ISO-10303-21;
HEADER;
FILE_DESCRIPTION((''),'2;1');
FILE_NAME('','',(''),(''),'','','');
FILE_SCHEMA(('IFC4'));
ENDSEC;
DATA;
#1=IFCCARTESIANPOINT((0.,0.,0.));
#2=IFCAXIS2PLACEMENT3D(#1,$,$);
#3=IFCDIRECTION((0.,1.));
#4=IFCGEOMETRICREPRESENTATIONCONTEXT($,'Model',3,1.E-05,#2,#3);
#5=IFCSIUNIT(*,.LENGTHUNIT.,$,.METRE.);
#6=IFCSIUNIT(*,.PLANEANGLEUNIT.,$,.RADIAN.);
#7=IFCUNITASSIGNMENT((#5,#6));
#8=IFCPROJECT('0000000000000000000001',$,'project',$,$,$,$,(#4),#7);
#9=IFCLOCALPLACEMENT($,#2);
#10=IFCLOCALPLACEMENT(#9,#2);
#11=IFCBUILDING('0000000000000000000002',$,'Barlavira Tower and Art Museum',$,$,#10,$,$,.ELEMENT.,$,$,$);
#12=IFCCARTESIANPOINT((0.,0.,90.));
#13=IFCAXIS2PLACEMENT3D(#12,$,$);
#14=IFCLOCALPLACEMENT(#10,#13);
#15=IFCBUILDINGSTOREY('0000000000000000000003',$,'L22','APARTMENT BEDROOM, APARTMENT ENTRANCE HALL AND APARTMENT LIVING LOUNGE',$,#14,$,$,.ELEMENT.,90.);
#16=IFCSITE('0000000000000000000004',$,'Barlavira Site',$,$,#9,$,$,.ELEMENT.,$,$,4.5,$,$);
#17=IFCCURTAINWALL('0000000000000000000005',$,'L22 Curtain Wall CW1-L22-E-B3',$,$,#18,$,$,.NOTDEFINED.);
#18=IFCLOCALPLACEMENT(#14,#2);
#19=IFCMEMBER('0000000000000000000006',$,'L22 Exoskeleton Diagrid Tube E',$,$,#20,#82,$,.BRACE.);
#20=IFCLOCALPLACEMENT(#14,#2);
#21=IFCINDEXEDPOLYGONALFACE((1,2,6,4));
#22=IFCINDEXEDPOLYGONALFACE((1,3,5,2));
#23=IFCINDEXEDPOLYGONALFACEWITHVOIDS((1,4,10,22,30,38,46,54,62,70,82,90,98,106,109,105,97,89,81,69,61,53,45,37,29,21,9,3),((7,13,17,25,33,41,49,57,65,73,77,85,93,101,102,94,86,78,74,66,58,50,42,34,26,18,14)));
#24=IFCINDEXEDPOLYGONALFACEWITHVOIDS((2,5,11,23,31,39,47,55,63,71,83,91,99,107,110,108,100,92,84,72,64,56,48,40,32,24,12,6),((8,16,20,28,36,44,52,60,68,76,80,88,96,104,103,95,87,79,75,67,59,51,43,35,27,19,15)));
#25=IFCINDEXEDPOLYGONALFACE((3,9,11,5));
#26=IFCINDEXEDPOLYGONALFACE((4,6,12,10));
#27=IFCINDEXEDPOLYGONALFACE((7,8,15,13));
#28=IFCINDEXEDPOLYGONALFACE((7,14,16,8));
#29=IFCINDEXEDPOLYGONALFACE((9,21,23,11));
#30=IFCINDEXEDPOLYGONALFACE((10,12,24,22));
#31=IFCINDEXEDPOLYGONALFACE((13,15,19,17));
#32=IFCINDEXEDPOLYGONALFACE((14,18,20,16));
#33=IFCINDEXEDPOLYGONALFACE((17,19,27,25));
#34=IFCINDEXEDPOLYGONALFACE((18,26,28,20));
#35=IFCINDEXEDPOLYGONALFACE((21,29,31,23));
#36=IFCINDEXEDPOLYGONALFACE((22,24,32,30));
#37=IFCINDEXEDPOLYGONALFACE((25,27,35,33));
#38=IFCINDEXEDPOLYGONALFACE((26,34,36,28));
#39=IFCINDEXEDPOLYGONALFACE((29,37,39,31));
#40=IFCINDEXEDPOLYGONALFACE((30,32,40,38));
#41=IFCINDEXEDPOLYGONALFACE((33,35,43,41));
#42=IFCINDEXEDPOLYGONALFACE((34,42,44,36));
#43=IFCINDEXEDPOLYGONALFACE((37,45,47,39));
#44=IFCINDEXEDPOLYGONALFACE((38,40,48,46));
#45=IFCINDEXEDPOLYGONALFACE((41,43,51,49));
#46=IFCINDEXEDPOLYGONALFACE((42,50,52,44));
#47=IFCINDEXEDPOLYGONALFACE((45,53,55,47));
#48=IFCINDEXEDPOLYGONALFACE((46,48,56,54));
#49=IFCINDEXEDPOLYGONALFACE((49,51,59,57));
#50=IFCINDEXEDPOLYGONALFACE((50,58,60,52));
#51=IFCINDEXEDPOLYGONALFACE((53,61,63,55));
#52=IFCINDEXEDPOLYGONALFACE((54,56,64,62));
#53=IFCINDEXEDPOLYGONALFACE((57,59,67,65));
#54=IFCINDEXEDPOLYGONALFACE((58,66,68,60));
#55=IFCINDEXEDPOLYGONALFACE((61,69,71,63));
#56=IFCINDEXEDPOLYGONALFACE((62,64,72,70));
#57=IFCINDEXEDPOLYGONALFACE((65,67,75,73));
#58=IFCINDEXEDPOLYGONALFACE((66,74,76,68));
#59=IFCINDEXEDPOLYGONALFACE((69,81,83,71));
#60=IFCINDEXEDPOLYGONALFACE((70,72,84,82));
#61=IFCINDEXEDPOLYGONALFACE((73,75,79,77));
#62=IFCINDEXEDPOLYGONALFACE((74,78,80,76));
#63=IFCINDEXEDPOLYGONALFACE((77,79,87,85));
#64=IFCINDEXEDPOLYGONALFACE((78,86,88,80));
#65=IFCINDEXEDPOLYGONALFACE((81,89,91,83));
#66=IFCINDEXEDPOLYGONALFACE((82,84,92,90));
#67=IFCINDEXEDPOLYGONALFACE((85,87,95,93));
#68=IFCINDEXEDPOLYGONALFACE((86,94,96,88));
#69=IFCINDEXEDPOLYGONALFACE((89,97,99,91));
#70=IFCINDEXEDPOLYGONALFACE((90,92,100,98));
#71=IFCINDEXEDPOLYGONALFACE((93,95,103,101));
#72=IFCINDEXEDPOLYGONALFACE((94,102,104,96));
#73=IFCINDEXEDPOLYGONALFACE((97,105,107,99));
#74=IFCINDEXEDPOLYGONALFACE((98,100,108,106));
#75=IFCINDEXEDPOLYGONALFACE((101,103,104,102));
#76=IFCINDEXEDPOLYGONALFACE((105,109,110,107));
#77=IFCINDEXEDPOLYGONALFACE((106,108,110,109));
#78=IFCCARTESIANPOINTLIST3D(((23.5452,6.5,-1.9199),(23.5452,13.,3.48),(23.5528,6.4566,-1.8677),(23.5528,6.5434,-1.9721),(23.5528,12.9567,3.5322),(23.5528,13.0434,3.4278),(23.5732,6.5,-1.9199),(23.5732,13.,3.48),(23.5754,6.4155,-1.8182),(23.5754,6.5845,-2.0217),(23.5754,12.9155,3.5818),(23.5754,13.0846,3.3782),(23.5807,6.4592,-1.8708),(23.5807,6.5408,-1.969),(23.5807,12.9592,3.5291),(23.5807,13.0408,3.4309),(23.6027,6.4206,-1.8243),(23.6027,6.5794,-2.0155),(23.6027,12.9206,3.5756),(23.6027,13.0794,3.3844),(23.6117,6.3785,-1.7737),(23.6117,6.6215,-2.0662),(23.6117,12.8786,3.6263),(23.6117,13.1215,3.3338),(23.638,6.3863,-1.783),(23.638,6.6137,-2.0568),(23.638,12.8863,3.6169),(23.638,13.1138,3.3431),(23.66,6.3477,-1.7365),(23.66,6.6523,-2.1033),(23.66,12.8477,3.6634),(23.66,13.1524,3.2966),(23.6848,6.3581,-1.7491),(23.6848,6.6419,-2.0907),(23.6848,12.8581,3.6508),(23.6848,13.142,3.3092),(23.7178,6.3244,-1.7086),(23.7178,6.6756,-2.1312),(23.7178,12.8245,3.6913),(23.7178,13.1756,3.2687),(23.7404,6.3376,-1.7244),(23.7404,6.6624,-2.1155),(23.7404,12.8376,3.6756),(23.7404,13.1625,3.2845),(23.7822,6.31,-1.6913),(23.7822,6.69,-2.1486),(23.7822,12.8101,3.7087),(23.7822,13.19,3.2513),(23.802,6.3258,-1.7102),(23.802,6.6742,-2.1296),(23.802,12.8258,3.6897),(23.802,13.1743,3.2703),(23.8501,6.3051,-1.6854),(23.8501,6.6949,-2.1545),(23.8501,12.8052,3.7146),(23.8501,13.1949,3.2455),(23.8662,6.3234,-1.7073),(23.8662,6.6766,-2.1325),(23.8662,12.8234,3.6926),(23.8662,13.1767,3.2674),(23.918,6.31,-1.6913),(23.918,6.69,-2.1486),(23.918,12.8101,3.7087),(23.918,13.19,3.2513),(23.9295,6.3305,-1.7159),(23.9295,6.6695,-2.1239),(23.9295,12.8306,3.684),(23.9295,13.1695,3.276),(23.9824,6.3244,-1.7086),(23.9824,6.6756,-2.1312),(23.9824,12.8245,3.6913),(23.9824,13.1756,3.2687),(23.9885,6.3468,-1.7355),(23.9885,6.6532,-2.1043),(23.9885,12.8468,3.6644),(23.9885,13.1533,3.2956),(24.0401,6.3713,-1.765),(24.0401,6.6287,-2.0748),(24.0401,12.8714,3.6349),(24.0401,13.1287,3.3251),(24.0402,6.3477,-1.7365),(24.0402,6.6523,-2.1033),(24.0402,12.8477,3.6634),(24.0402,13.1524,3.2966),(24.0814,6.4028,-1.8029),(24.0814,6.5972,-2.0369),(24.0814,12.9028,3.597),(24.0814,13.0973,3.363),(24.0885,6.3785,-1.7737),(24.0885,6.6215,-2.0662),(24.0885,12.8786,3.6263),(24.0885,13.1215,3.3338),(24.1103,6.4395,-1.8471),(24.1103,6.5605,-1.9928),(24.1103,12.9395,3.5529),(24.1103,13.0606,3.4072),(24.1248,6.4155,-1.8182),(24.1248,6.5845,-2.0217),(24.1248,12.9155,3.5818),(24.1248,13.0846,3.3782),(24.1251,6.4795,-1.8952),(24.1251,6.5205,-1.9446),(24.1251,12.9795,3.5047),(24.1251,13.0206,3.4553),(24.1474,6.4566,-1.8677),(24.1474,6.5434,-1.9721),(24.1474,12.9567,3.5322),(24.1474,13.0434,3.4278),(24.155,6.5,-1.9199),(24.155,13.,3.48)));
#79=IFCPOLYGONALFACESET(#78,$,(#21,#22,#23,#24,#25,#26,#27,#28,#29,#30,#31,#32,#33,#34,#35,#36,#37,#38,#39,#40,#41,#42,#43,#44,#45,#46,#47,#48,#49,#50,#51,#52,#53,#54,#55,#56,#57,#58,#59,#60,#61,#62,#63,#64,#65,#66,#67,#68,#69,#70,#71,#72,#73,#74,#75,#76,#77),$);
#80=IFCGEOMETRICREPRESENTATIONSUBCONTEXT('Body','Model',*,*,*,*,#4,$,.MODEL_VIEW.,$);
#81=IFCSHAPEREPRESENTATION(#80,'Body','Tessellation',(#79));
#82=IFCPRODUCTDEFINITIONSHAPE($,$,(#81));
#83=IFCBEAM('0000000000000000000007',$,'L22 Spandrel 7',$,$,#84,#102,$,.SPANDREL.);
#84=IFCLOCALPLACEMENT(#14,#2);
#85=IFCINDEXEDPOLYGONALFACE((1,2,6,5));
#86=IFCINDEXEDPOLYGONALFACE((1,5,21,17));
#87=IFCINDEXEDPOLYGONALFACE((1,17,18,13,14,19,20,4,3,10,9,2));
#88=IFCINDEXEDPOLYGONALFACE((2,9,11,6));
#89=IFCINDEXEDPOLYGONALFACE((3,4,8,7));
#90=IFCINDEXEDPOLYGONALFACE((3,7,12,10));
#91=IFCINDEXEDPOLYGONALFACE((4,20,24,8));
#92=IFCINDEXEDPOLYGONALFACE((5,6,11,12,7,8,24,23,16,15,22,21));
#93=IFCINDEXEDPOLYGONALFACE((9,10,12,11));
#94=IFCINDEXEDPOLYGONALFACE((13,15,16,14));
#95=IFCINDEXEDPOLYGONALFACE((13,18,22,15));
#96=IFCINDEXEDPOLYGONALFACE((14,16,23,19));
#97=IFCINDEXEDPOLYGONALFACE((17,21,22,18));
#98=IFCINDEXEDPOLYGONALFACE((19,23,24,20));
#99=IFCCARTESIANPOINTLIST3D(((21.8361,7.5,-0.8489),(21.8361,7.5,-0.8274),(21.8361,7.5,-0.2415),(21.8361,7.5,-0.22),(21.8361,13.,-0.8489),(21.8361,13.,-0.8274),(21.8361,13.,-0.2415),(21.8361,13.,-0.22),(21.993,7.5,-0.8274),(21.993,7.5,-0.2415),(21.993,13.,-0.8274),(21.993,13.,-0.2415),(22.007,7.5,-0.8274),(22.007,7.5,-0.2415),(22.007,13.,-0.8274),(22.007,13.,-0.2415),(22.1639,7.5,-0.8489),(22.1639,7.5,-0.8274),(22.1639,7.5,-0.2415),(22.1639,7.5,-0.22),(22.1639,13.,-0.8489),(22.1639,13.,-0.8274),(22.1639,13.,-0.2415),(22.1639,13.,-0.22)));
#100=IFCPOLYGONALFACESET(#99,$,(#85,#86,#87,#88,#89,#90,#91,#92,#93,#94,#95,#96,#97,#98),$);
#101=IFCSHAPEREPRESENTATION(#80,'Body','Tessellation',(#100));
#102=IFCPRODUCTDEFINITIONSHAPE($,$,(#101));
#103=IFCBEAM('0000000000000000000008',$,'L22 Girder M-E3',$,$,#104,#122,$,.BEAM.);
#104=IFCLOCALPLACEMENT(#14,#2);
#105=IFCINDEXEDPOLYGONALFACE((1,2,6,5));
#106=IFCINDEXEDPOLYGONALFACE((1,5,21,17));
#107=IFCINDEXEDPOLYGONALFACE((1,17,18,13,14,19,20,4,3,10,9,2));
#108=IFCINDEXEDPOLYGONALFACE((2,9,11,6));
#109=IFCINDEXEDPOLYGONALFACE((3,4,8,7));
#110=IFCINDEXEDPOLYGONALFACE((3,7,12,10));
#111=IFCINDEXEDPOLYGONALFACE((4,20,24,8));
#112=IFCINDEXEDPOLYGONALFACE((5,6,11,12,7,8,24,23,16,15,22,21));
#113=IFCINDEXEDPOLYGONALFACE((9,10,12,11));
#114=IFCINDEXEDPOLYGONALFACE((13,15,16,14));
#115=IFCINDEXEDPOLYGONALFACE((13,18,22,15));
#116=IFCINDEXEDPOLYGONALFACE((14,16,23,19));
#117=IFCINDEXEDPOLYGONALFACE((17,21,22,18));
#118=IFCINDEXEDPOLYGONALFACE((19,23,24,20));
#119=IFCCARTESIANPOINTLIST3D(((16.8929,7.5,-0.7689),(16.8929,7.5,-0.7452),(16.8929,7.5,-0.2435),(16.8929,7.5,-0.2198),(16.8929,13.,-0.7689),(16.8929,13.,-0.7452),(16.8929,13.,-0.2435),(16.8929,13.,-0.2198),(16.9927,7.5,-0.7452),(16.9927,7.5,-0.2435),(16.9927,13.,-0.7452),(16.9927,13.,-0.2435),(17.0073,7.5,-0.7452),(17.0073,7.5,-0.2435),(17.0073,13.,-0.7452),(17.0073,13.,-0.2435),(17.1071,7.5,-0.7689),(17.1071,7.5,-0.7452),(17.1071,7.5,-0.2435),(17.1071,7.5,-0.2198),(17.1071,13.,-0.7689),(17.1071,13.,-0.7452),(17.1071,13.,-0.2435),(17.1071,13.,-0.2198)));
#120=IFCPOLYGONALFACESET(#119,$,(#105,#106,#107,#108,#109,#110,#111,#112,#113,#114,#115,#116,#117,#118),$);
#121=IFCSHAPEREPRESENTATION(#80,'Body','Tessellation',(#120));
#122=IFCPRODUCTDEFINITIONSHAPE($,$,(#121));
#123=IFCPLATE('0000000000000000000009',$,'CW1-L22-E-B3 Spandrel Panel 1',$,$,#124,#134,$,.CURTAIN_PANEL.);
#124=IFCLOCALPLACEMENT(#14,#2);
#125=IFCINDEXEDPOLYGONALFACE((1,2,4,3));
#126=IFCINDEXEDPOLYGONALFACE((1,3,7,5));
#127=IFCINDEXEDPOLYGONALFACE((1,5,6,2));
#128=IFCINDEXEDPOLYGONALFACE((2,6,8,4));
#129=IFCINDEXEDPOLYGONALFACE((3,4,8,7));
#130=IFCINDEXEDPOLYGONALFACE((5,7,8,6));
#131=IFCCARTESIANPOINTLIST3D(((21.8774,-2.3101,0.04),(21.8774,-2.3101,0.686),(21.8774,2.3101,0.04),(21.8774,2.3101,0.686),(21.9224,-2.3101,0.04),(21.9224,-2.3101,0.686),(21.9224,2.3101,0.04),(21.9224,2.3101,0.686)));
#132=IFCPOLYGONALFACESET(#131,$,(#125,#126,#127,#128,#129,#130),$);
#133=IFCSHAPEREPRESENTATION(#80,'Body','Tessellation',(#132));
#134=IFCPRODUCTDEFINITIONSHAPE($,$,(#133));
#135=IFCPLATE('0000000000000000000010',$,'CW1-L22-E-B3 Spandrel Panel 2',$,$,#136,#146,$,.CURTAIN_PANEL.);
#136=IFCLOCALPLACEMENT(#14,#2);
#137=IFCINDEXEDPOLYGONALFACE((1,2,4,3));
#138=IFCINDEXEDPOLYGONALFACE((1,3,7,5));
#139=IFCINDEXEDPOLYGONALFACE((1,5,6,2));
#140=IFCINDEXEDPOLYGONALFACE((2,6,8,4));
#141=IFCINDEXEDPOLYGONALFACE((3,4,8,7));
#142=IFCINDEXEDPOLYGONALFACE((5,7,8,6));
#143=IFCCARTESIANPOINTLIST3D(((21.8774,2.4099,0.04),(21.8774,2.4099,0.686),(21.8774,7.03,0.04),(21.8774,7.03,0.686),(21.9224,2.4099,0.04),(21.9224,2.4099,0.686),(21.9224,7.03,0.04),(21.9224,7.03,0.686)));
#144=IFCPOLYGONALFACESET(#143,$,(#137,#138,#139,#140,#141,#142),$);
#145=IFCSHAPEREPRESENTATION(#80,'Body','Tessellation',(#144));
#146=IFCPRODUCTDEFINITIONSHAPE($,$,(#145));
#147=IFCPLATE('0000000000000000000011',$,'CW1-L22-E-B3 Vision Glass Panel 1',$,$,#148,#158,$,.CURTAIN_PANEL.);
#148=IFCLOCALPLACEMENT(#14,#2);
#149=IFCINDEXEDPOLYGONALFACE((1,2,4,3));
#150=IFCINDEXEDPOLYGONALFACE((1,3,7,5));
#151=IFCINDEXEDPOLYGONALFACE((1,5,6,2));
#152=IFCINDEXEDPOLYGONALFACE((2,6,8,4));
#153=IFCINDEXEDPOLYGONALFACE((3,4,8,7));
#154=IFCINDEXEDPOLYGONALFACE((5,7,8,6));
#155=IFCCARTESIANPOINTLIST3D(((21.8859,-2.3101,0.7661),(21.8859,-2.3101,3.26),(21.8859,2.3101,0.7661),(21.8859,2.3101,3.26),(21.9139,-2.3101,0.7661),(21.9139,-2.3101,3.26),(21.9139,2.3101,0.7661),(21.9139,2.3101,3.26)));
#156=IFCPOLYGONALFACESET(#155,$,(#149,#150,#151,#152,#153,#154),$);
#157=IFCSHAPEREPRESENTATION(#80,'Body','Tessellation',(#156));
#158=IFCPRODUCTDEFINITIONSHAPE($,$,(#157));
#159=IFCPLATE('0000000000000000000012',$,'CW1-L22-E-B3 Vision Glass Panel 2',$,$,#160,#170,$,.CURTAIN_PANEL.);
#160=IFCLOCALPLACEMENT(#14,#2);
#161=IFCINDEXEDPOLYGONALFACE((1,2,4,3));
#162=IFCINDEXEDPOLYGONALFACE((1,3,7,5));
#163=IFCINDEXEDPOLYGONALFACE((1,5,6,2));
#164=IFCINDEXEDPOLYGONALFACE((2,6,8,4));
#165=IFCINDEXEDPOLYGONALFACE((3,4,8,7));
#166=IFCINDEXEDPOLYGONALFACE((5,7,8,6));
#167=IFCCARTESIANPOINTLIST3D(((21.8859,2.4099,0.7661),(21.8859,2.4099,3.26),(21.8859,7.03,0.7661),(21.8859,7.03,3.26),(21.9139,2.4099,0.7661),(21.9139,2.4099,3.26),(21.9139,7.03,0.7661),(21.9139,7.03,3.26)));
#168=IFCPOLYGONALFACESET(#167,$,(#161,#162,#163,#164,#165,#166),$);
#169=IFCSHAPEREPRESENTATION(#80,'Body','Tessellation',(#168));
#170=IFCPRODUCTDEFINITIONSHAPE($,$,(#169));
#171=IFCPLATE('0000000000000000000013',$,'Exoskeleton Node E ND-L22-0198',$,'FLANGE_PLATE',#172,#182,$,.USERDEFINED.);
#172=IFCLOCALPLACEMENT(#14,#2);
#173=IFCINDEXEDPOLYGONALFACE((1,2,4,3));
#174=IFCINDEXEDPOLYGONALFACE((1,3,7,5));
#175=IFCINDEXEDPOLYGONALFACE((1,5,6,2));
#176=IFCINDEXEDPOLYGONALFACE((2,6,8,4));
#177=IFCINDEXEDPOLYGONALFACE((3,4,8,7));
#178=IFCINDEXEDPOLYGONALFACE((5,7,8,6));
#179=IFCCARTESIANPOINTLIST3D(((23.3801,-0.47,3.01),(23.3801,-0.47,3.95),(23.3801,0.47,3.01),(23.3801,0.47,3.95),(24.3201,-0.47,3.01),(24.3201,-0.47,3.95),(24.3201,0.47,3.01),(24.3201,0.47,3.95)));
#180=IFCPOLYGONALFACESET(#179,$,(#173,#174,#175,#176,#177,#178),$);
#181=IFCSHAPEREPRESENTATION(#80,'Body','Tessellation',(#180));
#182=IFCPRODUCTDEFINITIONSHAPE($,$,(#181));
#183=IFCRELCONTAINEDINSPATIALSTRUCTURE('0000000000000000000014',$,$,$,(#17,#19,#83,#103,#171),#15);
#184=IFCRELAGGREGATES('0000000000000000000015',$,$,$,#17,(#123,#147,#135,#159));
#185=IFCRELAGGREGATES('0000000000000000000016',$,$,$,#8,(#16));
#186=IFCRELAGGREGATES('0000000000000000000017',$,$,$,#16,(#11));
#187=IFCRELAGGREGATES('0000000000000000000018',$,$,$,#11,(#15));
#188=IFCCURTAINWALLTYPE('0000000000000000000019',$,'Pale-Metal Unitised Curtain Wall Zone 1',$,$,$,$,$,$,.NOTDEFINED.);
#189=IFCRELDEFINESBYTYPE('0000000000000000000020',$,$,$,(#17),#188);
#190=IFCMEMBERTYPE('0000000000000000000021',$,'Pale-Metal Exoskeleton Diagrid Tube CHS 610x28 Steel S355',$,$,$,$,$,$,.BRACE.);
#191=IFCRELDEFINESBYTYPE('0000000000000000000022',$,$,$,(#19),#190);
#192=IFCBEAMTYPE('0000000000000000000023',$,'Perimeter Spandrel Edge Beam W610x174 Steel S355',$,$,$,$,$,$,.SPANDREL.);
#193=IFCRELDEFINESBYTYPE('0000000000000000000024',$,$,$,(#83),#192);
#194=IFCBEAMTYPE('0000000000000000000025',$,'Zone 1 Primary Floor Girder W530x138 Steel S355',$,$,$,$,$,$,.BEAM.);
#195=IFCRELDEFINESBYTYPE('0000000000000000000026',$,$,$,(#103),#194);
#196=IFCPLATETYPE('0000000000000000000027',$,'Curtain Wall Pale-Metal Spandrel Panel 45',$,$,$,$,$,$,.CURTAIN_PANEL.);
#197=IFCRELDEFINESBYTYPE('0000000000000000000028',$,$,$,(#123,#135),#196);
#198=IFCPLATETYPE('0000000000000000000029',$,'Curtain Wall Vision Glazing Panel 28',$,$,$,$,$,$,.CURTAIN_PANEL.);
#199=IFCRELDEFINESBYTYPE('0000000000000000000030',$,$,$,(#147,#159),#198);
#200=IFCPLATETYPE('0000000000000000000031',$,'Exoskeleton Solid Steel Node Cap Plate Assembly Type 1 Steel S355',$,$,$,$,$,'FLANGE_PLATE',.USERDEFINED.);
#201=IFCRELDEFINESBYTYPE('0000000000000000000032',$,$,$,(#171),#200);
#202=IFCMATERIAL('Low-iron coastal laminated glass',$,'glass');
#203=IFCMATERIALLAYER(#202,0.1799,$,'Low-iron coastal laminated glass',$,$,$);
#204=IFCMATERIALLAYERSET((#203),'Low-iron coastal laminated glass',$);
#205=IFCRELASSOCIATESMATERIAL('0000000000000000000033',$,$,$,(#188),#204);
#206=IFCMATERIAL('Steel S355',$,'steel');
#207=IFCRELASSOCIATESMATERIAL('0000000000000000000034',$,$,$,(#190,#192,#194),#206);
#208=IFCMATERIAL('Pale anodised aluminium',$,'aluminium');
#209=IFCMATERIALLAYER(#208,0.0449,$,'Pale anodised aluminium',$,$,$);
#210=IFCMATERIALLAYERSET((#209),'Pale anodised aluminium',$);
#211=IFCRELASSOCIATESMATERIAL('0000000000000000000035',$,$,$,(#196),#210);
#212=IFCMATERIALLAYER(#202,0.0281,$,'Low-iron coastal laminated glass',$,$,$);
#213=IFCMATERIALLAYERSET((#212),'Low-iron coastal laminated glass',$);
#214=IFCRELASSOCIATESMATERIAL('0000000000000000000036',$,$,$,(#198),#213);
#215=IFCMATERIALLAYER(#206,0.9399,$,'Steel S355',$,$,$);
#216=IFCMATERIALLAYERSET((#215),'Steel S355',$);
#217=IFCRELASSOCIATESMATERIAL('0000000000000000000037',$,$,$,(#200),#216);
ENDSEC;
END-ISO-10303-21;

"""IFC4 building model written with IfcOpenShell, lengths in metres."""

from ifc_helpers import new_model, si_unit, direction, frame, origin, origin_2d, place, context, subcontext, project, spatial, rectangle, hollow_circle, i_section, extrude, material, layer, layer_set, material_profile, profile_set, type_object, element, aggregate, save


model = new_model("IFC4")

# Units and contexts
model_context = context("Model", 3, precision=1e-05, world=origin(), true_north=direction((0.0, 1.0)))
body_context = subcontext(model_context, "Body", "Model", "MODEL_VIEW")
ifc_project = project(units=[si_unit("LENGTHUNIT", "METRE"), si_unit("PLANEANGLEUNIT", "RADIAN")], contexts=[model_context])

# Site, building, storey
site_placement = place(None, origin())
site = spatial("IfcSite", under=ifc_project, at=site_placement, Name="Barlavira Site", CompositionType="ELEMENT", RefElevation=4.5)
building_placement = place(site_placement, origin())
building = spatial("IfcBuilding", under=site, at=building_placement, Name="Barlavira Tower and Art Museum", CompositionType="ELEMENT")
storey_placement = place(building_placement, frame((0.0, 0.0, 90.0)))
storey = spatial("IfcBuildingStorey", under=building, at=storey_placement, Name="L22", Description="APARTMENT BEDROOM, APARTMENT ENTRANCE HALL AND APARTMENT LIVING LOUNGE", CompositionType="ELEMENT", Elevation=90.0)

# Curtain wall
ifc_material_1 = material(Name="Low-iron coastal laminated glass", Category="glass")
ifc_layer_1 = layer(ifc_material_1, 0.1799, Name="Low-iron coastal laminated glass")
ifc_layer_set_1 = layer_set([ifc_layer_1], Name="Low-iron coastal laminated glass")
curtain_wall_type = type_object("IfcCurtainWallType", Name="Pale-Metal Unitised Curtain Wall Zone 1", PredefinedType="NOTDEFINED", material=ifc_layer_set_1)
curtain_wall_placement = place(storey_placement, origin())
curtain_wall = element("IfcCurtainWall", 1, at=curtain_wall_placement, inside=storey, type_object=curtain_wall_type, Name="L22 Curtain Wall CW1-L22-E-B3", PredefinedType="NOTDEFINED")
ifc_material_2 = material(Name="Pale anodised aluminium", Category="aluminium")

# Member
ifc_material_3 = material(Name="Steel S355", Category="steel")
ifc_material_profile_1 = material_profile(ifc_material_3, hollow_circle(Radius=0.3049, WallThickness=0.0281, at=origin_2d()), Name="CHS 610.0x28.0")
ifc_profile_set_1 = profile_set([ifc_material_profile_1], Name="Steel S355")
member_type_1 = type_object("IfcMemberType", Name="Pale-Metal Exoskeleton Diagrid Tube CHS 610x28 Steel S355", PredefinedType="BRACE", material=ifc_profile_set_1)
for number, where, z_axis, x_axis, name in (
    (2, (23.8501, 6.5, -1.9199), (0.0, 0.769196, 0.639013), (-1.0, 0.0, 0.0), "L22 Exoskeleton Diagrid Tube E"),
):
    element("IfcMember", number, at=place(storey_placement, frame(where, z_axis=z_axis, x_axis=x_axis)), inside=storey, type_object=member_type_1, Name=name, PredefinedType="BRACE", context=body_context, shape_type="SweptSolid", body=[
        extrude(hollow_circle(Radius=0.3049, WallThickness=0.0281, at=origin_2d()), origin(), (0.0, 0.0, 1.0), 8.4504),
    ])

# Beams
ifc_material_profile_2 = material_profile(ifc_material_3, i_section(OverallWidth=0.3279, OverallDepth=0.6289, WebThickness=0.0139, FlangeThickness=0.0215, at=origin_2d()), Name="W610x174.0")
ifc_profile_set_2 = profile_set([ifc_material_profile_2], Name="Steel S355")
beam_type_1 = type_object("IfcBeamType", Name="Perimeter Spandrel Edge Beam W610x174 Steel S355", PredefinedType="SPANDREL", material=ifc_profile_set_2)
beam_1_placement = place(storey_placement, frame((22.0, 7.5, -0.5344), z_axis=(0.0, 1.0, 0.0), x_axis=(-1.0, 0.0, 0.0)))
element("IfcBeam", 3, at=beam_1_placement, inside=storey, type_object=beam_type_1, Name="L22 Spandrel 7", PredefinedType="SPANDREL", context=body_context, shape_type="SweptSolid", body=[
    extrude(i_section(OverallWidth=0.3279, OverallDepth=0.6289, WebThickness=0.0139, FlangeThickness=0.0215, at=origin_2d()), origin(), (0.0, 0.0, 1.0), 5.5),
])
ifc_material_profile_3 = material_profile(ifc_material_3, i_section(OverallWidth=0.2141, OverallDepth=0.5491, WebThickness=0.0146, FlangeThickness=0.0237, at=origin_2d()), Name="W530x138.0")
ifc_profile_set_3 = profile_set([ifc_material_profile_3], Name="Steel S355")
beam_type_2 = type_object("IfcBeamType", Name="Zone 1 Primary Floor Girder W530x138 Steel S355", PredefinedType="BEAM", material=ifc_profile_set_3)
beam_2_placement = place(storey_placement, frame((17.0, 7.5, -0.4944), z_axis=(0.0, 1.0, 0.0), x_axis=(-1.0, 0.0, 0.0)))
element("IfcBeam", 4, at=beam_2_placement, inside=storey, type_object=beam_type_2, Name="L22 Girder M-E3", PredefinedType="BEAM", context=body_context, shape_type="SweptSolid", body=[
    extrude(i_section(OverallWidth=0.2141, OverallDepth=0.5491, WebThickness=0.0146, FlangeThickness=0.0237, at=origin_2d()), origin(), (0.0, 0.0, 1.0), 5.5),
])

# Plates
ifc_layer_2 = layer(ifc_material_2, 0.0449, Name="Pale anodised aluminium")
ifc_layer_set_2 = layer_set([ifc_layer_2], Name="Pale anodised aluminium")
plate_type_1 = type_object("IfcPlateType", Name="Curtain Wall Pale-Metal Spandrel Panel 45", PredefinedType="CURTAIN_PANEL", material=ifc_layer_set_2)
plate_1_placement = place(storey_placement, frame((21.8999, 0.0, 0.04), z_axis=(0.0, 0.0, 1.0), x_axis=(0.0, 1.0, 0.0)))
plate_1 = element("IfcPlate", 5, at=plate_1_placement, type_object=plate_type_1, Name="CW1-L22-E-B3 Spandrel Panel 1", PredefinedType="CURTAIN_PANEL", context=body_context, shape_type="SweptSolid", body=[
    extrude(rectangle(XDim=4.6201, YDim=0.0449, at=origin_2d()), origin(), (0.0, 0.0, 1.0), 0.646),
])
plate_2_placement = place(storey_placement, frame((21.8999, 4.72, 0.04), z_axis=(0.0, 0.0, 1.0), x_axis=(0.0, 1.0, 0.0)))
plate_2 = element("IfcPlate", 6, at=plate_2_placement, type_object=plate_type_1, Name="CW1-L22-E-B3 Spandrel Panel 2", PredefinedType="CURTAIN_PANEL", context=body_context, shape_type="SweptSolid", body=[
    extrude(rectangle(XDim=4.6201, YDim=0.0449, at=origin_2d()), origin(), (0.0, 0.0, 1.0), 0.646),
])
ifc_layer_3 = layer(ifc_material_1, 0.0281, Name="Low-iron coastal laminated glass")
ifc_layer_set_3 = layer_set([ifc_layer_3], Name="Low-iron coastal laminated glass")
plate_type_2 = type_object("IfcPlateType", Name="Curtain Wall Vision Glazing Panel 28", PredefinedType="CURTAIN_PANEL", material=ifc_layer_set_3)
plate_3_placement = place(storey_placement, frame((21.8999, 0.0, 0.7661), z_axis=(0.0, 0.0, 1.0), x_axis=(0.0, 1.0, 0.0)))
plate_3 = element("IfcPlate", 7, at=plate_3_placement, type_object=plate_type_2, Name="CW1-L22-E-B3 Vision Glass Panel 1", PredefinedType="CURTAIN_PANEL", context=body_context, shape_type="SweptSolid", body=[
    extrude(rectangle(XDim=4.6201, YDim=0.0281, at=origin_2d()), origin(), (0.0, 0.0, 1.0), 2.4939),
])
plate_4_placement = place(storey_placement, frame((21.8999, 4.72, 0.7661), z_axis=(0.0, 0.0, 1.0), x_axis=(0.0, 1.0, 0.0)))
plate_4 = element("IfcPlate", 8, at=plate_4_placement, type_object=plate_type_2, Name="CW1-L22-E-B3 Vision Glass Panel 2", PredefinedType="CURTAIN_PANEL", context=body_context, shape_type="SweptSolid", body=[
    extrude(rectangle(XDim=4.6201, YDim=0.0281, at=origin_2d()), origin(), (0.0, 0.0, 1.0), 2.4939),
])
aggregate(curtain_wall, [plate_1, plate_3, plate_2, plate_4])
ifc_layer_4 = layer(ifc_material_3, 0.9399, Name="Steel S355")
ifc_layer_set_4 = layer_set([ifc_layer_4], Name="Steel S355")
plate_type_3 = type_object("IfcPlateType", Name="Exoskeleton Solid Steel Node Cap Plate Assembly Type 1 Steel S355", ElementType="FLANGE_PLATE", PredefinedType="USERDEFINED", material=ifc_layer_set_4)
plate_5_placement = place(storey_placement, frame((23.8501, 0.0, 3.01), z_axis=(0.0, 0.0, 1.0), x_axis=(1.0, 0.0, 0.0)))
element("IfcPlate", 9, at=plate_5_placement, inside=storey, type_object=plate_type_3, Name="Exoskeleton Node E ND-L22-0198", ObjectType="FLANGE_PLATE", PredefinedType="USERDEFINED", context=body_context, shape_type="SweptSolid", body=[
    extrude(rectangle(XDim=0.9399, YDim=0.9399, at=origin_2d()), origin(), (0.0, 0.0, 1.0), 0.9399),
])

save(model, "model.ifc")
